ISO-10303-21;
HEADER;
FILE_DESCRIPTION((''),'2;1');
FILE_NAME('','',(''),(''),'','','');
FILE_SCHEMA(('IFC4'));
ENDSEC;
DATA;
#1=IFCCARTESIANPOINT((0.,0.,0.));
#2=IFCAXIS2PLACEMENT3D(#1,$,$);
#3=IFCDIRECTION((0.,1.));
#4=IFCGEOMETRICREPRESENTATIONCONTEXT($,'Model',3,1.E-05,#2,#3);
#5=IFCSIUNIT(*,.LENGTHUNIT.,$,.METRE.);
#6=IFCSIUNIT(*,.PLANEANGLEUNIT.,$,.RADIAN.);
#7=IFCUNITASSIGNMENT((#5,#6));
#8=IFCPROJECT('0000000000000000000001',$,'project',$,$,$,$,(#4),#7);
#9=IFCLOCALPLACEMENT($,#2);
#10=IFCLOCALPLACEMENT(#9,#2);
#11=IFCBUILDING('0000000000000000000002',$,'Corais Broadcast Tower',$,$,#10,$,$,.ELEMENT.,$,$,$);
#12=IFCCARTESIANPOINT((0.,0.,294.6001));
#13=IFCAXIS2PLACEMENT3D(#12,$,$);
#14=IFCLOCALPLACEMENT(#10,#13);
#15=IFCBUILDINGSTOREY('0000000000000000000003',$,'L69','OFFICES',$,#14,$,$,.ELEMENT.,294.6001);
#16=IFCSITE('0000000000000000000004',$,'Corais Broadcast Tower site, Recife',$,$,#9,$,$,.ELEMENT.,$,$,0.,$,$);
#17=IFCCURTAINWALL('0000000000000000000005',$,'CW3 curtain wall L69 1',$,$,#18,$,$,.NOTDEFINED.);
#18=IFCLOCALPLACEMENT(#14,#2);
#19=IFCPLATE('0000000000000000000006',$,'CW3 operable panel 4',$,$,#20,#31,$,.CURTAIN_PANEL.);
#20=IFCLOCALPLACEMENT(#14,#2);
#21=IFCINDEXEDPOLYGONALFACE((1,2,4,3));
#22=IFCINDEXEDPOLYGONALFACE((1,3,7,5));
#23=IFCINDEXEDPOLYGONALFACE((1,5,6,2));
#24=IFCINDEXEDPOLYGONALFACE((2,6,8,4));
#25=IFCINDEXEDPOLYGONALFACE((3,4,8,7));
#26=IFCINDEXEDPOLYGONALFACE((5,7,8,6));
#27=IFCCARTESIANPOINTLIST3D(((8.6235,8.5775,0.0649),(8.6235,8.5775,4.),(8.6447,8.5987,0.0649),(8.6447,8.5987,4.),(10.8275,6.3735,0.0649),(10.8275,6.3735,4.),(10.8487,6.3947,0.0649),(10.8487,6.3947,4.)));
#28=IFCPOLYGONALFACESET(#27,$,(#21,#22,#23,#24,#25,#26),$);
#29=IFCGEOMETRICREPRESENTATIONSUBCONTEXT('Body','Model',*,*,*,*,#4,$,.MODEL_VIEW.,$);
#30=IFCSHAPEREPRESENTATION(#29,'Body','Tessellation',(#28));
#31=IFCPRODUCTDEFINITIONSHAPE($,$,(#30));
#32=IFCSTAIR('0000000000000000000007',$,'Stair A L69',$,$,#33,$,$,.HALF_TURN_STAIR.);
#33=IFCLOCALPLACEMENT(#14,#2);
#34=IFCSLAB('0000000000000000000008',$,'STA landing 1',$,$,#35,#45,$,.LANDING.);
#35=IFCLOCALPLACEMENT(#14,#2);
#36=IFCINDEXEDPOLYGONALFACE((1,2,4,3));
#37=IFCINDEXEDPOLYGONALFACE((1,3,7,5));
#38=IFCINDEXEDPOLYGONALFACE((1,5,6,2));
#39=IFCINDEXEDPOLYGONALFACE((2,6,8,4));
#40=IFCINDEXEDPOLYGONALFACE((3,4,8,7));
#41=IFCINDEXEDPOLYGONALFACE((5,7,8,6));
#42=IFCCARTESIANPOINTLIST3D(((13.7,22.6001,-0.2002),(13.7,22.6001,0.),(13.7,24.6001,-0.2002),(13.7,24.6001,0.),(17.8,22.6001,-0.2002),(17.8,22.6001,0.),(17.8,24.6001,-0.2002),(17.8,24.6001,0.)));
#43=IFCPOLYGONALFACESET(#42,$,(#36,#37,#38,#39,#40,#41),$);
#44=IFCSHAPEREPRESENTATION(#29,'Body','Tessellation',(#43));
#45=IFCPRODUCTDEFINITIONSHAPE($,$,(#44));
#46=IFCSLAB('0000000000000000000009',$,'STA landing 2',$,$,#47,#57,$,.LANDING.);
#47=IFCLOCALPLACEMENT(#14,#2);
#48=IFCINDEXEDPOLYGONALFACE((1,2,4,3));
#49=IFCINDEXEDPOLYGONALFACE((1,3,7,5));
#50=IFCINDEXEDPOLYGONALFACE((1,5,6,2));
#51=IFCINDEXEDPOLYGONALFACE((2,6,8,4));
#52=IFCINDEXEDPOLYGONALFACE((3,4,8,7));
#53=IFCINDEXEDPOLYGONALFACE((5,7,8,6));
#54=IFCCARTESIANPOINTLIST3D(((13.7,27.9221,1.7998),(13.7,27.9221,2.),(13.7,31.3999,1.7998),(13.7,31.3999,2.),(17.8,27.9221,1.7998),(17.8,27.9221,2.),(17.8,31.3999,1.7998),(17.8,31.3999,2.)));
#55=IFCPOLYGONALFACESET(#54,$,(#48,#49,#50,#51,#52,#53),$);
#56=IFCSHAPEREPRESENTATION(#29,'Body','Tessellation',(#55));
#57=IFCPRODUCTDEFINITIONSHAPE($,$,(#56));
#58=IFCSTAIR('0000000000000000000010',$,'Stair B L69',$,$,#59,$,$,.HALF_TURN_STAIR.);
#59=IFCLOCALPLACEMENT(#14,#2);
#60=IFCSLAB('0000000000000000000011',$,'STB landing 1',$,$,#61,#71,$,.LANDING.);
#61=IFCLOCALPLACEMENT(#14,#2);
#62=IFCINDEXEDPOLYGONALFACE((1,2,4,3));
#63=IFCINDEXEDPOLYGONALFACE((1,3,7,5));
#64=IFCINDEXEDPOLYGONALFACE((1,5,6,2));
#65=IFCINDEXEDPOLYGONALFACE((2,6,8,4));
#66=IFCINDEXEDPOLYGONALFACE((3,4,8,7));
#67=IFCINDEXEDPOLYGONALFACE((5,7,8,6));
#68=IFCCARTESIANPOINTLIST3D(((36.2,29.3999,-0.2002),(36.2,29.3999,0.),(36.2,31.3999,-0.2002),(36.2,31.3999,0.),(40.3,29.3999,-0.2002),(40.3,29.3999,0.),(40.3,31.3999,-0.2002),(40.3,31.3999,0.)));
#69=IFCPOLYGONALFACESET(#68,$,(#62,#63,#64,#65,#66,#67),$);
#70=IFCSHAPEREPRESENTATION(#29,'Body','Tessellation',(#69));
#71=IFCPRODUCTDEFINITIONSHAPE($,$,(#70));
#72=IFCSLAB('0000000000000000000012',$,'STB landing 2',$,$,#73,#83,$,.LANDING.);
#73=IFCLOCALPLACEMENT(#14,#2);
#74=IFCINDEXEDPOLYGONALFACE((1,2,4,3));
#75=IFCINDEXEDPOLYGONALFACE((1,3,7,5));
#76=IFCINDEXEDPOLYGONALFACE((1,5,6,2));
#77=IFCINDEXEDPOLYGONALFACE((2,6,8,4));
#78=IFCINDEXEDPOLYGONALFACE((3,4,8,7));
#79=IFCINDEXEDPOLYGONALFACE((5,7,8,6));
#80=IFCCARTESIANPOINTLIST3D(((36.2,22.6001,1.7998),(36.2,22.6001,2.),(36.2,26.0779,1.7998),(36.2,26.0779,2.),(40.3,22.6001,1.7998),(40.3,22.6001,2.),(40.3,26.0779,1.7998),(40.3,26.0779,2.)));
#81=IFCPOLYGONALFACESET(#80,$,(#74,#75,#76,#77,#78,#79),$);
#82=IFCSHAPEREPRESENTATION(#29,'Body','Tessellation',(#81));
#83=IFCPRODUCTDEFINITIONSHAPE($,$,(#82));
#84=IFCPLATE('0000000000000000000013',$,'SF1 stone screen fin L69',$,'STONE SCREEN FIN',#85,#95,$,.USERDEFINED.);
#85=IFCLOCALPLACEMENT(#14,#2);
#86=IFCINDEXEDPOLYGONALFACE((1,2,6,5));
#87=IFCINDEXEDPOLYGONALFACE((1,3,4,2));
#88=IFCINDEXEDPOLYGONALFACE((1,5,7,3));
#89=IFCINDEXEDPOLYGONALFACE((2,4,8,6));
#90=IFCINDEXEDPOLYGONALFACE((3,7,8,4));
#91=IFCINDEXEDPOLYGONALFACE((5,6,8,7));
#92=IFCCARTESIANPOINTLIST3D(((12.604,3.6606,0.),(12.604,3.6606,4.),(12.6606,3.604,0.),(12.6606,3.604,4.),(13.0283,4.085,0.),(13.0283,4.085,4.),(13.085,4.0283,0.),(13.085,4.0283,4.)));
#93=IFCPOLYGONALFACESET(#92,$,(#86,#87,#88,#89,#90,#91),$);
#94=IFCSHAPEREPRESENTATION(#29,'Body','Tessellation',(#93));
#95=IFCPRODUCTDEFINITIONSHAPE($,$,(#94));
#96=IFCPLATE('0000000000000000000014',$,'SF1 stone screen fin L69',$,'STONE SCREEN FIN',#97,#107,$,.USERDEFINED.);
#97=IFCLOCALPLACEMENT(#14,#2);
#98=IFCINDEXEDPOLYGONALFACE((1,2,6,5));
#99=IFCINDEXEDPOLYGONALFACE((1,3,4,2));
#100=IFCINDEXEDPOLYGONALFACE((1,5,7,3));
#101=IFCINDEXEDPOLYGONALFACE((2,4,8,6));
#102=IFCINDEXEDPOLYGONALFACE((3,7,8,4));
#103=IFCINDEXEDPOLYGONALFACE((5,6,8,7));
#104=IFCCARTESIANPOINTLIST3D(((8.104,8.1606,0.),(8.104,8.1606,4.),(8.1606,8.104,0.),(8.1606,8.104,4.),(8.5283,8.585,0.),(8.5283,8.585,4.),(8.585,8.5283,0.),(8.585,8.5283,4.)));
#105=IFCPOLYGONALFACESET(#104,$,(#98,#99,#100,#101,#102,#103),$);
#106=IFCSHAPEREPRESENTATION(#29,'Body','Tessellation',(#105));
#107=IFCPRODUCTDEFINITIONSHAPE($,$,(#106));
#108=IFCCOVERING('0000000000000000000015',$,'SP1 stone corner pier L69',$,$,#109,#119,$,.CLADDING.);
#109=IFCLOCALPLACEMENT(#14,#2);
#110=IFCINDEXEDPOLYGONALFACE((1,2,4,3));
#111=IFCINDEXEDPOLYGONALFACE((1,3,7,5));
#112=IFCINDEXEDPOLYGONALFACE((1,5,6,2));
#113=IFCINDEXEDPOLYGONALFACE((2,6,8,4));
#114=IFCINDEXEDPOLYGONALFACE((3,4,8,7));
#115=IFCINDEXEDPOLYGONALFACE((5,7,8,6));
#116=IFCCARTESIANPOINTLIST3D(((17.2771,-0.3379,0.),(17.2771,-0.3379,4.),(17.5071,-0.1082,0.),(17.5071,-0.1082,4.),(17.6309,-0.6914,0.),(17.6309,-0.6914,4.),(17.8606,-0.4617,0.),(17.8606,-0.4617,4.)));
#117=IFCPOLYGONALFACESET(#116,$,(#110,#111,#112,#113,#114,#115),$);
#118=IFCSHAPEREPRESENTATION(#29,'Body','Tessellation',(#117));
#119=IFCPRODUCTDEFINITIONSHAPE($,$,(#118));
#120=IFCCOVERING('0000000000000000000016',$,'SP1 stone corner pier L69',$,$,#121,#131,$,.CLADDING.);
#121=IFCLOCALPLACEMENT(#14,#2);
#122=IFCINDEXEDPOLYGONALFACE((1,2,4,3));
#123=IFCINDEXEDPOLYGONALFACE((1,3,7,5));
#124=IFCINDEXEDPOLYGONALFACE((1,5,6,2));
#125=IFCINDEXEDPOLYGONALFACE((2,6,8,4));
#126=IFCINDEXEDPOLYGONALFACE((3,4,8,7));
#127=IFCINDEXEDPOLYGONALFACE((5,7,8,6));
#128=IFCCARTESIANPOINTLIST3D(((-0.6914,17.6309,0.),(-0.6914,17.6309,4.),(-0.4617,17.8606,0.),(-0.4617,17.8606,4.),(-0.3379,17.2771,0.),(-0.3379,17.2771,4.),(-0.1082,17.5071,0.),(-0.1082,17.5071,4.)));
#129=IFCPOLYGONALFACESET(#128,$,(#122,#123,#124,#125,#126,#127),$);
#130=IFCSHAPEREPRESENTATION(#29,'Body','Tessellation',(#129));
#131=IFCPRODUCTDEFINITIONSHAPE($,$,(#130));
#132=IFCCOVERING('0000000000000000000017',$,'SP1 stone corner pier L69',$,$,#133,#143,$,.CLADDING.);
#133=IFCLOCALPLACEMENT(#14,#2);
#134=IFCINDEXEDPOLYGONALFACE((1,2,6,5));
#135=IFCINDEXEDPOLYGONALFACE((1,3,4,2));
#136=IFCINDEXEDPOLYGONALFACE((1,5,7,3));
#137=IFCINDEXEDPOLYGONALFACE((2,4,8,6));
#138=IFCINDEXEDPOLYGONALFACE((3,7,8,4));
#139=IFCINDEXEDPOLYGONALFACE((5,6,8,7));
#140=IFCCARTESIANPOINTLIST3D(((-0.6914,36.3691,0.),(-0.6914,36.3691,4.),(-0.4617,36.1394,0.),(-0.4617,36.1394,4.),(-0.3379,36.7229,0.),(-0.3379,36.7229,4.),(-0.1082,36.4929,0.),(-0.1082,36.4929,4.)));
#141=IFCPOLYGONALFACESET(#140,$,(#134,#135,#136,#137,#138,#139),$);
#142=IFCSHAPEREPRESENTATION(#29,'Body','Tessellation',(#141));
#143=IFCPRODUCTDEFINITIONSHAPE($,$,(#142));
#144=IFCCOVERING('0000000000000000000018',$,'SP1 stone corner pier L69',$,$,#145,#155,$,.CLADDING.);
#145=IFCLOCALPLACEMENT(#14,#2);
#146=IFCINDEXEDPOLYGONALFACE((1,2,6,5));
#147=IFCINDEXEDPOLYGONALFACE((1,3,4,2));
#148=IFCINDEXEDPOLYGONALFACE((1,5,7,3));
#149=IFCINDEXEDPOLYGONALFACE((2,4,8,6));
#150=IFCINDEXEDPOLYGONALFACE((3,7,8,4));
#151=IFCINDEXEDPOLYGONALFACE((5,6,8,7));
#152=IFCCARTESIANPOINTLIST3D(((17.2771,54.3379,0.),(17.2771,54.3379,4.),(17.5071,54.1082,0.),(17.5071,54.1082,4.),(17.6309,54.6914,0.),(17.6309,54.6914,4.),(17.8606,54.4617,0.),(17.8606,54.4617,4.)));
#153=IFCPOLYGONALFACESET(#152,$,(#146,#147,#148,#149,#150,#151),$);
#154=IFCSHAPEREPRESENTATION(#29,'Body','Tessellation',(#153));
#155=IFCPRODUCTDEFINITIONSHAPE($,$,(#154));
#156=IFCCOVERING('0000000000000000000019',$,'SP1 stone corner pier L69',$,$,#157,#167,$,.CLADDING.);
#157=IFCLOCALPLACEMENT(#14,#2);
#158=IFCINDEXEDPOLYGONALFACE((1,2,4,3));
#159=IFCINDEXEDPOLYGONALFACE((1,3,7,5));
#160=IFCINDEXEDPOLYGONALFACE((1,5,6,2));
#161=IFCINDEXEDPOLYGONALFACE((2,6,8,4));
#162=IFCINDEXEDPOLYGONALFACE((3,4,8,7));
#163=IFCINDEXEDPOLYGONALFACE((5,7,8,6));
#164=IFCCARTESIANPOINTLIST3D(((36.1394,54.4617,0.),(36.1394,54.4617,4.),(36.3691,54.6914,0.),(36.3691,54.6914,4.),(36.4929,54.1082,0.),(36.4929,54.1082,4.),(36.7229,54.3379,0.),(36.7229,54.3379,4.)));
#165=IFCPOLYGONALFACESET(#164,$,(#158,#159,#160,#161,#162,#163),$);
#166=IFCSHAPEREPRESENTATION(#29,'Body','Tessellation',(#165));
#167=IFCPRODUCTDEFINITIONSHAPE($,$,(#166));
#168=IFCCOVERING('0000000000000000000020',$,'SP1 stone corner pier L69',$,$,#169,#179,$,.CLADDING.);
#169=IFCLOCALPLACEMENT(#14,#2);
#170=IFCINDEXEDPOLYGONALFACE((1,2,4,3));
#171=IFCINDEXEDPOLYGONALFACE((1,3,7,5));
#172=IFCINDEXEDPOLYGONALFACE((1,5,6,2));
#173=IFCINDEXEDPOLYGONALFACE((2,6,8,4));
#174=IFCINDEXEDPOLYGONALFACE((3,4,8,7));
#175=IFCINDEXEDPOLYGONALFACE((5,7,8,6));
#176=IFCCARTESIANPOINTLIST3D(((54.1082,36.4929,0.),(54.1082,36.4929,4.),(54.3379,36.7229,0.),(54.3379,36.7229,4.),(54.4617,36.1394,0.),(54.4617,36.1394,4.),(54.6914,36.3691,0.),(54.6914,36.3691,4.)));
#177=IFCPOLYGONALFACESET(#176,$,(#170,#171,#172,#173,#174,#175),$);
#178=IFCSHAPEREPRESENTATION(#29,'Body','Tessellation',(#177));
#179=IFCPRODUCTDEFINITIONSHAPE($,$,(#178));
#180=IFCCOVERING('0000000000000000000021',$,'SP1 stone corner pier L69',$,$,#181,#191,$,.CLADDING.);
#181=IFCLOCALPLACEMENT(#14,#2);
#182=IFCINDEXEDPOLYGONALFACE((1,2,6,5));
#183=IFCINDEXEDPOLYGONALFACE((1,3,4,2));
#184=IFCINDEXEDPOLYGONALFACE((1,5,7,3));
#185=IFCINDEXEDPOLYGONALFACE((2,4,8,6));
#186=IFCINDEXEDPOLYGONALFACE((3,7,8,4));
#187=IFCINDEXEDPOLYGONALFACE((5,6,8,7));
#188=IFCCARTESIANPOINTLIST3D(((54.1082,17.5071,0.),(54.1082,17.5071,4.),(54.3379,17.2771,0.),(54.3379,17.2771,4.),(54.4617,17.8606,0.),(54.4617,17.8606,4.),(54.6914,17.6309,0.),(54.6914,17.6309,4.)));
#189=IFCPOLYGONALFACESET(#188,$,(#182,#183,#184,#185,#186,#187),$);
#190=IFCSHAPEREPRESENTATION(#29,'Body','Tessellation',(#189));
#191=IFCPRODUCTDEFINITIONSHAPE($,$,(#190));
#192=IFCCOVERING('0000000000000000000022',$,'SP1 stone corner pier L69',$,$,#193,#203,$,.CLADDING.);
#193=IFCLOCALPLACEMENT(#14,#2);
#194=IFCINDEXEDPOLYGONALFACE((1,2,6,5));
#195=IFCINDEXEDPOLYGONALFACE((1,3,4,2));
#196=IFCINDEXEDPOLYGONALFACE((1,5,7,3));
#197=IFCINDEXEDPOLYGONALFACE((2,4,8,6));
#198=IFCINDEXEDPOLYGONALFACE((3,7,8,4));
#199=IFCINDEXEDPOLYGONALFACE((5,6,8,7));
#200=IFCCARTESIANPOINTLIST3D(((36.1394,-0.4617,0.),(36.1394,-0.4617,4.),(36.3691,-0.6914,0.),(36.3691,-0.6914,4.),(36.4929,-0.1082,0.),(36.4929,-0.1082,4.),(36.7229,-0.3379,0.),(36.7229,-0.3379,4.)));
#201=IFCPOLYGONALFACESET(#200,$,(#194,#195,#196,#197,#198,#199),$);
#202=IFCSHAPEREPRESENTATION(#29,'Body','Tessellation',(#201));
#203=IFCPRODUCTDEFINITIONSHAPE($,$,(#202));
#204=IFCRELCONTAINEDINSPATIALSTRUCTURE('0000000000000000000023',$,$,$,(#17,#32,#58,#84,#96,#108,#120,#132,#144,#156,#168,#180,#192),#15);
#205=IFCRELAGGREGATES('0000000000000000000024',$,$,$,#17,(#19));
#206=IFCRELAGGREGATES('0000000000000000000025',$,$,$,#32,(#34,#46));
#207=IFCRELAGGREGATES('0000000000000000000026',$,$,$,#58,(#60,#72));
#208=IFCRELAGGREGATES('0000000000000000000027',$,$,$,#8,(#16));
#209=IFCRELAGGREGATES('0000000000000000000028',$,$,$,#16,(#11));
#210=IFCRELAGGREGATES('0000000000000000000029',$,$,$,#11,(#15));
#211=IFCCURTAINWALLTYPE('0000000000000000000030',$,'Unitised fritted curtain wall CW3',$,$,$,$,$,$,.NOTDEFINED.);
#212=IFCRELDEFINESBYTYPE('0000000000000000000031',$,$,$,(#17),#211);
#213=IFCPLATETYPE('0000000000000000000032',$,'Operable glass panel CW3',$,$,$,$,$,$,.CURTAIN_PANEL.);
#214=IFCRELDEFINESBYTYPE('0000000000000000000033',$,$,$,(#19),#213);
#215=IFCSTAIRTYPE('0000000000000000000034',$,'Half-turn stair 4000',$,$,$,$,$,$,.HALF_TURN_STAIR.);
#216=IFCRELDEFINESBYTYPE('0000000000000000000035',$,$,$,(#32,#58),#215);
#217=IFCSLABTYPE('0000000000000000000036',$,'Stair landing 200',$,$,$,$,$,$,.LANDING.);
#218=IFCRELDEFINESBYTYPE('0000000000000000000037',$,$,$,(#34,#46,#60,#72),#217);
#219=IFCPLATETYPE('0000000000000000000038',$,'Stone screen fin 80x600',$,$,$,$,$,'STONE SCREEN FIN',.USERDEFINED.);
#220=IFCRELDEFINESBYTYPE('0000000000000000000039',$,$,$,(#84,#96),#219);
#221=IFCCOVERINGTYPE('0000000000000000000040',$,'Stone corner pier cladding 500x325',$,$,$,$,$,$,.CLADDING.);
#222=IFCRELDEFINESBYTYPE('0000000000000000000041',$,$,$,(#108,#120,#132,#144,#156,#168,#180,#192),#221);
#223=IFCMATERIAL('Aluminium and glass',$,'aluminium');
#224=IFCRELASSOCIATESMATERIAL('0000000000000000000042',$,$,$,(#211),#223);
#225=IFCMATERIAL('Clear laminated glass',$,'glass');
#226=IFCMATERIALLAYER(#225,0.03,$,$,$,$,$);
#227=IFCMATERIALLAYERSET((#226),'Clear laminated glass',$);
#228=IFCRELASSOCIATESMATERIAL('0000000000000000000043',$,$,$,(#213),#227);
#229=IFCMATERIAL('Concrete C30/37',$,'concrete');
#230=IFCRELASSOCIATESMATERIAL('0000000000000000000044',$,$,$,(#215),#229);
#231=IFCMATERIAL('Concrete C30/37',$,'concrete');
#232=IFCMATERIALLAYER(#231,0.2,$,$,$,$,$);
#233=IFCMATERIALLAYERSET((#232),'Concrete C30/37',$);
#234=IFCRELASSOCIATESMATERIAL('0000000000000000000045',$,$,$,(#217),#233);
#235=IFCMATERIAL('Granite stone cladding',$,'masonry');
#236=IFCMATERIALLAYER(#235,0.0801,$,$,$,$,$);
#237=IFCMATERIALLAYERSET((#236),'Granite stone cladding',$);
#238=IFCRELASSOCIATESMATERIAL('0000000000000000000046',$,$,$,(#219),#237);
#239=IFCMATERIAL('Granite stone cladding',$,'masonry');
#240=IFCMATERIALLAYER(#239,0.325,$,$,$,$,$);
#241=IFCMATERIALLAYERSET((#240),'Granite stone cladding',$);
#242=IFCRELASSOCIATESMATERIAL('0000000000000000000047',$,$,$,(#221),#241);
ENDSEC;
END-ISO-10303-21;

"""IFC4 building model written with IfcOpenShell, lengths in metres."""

from ifc_helpers import new_model, si_unit, direction, frame, origin, origin_2d, place, context, subcontext, project, spatial, polyline, rectangle, outline, extrude, material, layer, layer_set, type_object, element, aggregate, save


model = new_model("IFC4")

# Units and contexts
model_context = context("Model", 3, precision=1e-05, world=origin(), true_north=direction((0.0, 1.0)))
body_context = subcontext(model_context, "Body", "Model", "MODEL_VIEW")
ifc_project = project(units=[si_unit("LENGTHUNIT", "METRE"), si_unit("PLANEANGLEUNIT", "RADIAN")], contexts=[model_context])

# Site, building, storey
site_placement = place(None, origin())
site = spatial("IfcSite", under=ifc_project, at=site_placement, Name="Corais Broadcast Tower site, Recife", CompositionType="ELEMENT", RefElevation=0.0)
building_placement = place(site_placement, origin())
building = spatial("IfcBuilding", under=site, at=building_placement, Name="Corais Broadcast Tower", CompositionType="ELEMENT")
storey_placement = place(building_placement, frame((0.0, 0.0, 294.6001)))
storey = spatial("IfcBuildingStorey", under=building, at=storey_placement, Name="L69", Description="OFFICES", CompositionType="ELEMENT", Elevation=294.6001)

# Curtain wall
ifc_material_1 = material(Name="Aluminium and glass", Category="aluminium")
curtain_wall_type = type_object("IfcCurtainWallType", Name="Unitised fritted curtain wall CW3", PredefinedType="NOTDEFINED", material=ifc_material_1)
curtain_wall_placement = place(storey_placement, origin())
curtain_wall = element("IfcCurtainWall", 1, at=curtain_wall_placement, inside=storey, type_object=curtain_wall_type, Name="CW3 curtain wall L69 1", PredefinedType="NOTDEFINED")

# Plate
ifc_material_2 = material(Name="Clear laminated glass", Category="glass")
ifc_layer_1 = layer(ifc_material_2, 0.03)
ifc_layer_set_1 = layer_set([ifc_layer_1], Name="Clear laminated glass")
plate_type_1 = type_object("IfcPlateType", Name="Operable glass panel CW3", PredefinedType="CURTAIN_PANEL", material=ifc_layer_set_1)
plate_1_placement = place(storey_placement, frame((9.7361, 7.4861, 0.0649), z_axis=(0.0, 0.0, 1.0), x_axis=(-0.707107, 0.707107, 0.0)))
plate_1 = element("IfcPlate", 2, at=plate_1_placement, type_object=plate_type_1, Name="CW3 operable panel 4", PredefinedType="CURTAIN_PANEL", context=body_context, shape_type="SweptSolid", body=[
    extrude(rectangle(XDim=3.1169, YDim=0.03, at=origin_2d()), origin(), (0.0, 0.0, 1.0), 3.9351),
])
aggregate(curtain_wall, [plate_1])

# Stairs, slabs
ifc_material_3 = material(Name="Concrete C30/37", Category="concrete")
stair_type = type_object("IfcStairType", Name="Half-turn stair 4000", PredefinedType="HALF_TURN_STAIR", material=ifc_material_3)
stair_1_placement = place(storey_placement, origin())
stair_1 = element("IfcStair", 3, at=stair_1_placement, inside=storey, type_object=stair_type, Name="Stair A L69", PredefinedType="HALF_TURN_STAIR")
ifc_material_4 = material(Name="Concrete C30/37", Category="concrete")
ifc_layer_2 = layer(ifc_material_4, 0.2)
ifc_layer_set_2 = layer_set([ifc_layer_2], Name="Concrete C30/37")
slab_type_1 = type_object("IfcSlabType", Name="Stair landing 200", PredefinedType="LANDING", material=ifc_layer_set_2)
slab_1_placement = place(storey_placement, frame((0.0, 0.0, -0.2002)))
slab_1 = element("IfcSlab", 4, at=slab_1_placement, type_object=slab_type_1, Name="STA landing 1", PredefinedType="LANDING", context=body_context, shape_type="SweptSolid", body=[
    extrude(outline(polyline([(13.7, 22.6001), (17.8, 22.6001), (17.8, 24.6001), (13.7, 24.6001), (13.7, 22.6001)])), origin(), (0.0, 0.0, 1.0), 0.2002),
])
slab_2_placement = place(storey_placement, frame((0.0, 0.0, 1.7998)))
slab_2 = element("IfcSlab", 5, at=slab_2_placement, type_object=slab_type_1, Name="STA landing 2", PredefinedType="LANDING", context=body_context, shape_type="SweptSolid", body=[
    extrude(outline(polyline([(13.7, 27.9221), (17.8, 27.9221), (17.8, 31.3999), (13.7, 31.3999), (13.7, 27.9221)])), origin(), (0.0, 0.0, 1.0), 0.2002),
])
aggregate(stair_1, [slab_1, slab_2])
stair_2_placement = place(storey_placement, origin())
stair_2 = element("IfcStair", 6, at=stair_2_placement, inside=storey, type_object=stair_type, Name="Stair B L69", PredefinedType="HALF_TURN_STAIR")
slab_3_placement = place(storey_placement, frame((0.0, 0.0, -0.2002)))
slab_3 = element("IfcSlab", 7, at=slab_3_placement, type_object=slab_type_1, Name="STB landing 1", PredefinedType="LANDING", context=body_context, shape_type="SweptSolid", body=[
    extrude(outline(polyline([(36.2, 29.3999), (40.3, 29.3999), (40.3, 31.3999), (36.2, 31.3999), (36.2, 29.3999)])), origin(), (0.0, 0.0, 1.0), 0.2002),
])
slab_4_placement = place(storey_placement, frame((0.0, 0.0, 1.7998)))
slab_4 = element("IfcSlab", 8, at=slab_4_placement, type_object=slab_type_1, Name="STB landing 2", PredefinedType="LANDING", context=body_context, shape_type="SweptSolid", body=[
    extrude(outline(polyline([(36.2, 22.6001), (40.3, 22.6001), (40.3, 26.0779), (36.2, 26.0779), (36.2, 22.6001)])), origin(), (0.0, 0.0, 1.0), 0.2002),
])
aggregate(stair_2, [slab_3, slab_4])

# Plates
ifc_material_5 = material(Name="Granite stone cladding", Category="masonry")
ifc_layer_3 = layer(ifc_material_5, 0.0801)
ifc_layer_set_3 = layer_set([ifc_layer_3], Name="Granite stone cladding")
plate_type_2 = type_object("IfcPlateType", Name="Stone screen fin 80x600", ElementType="STONE SCREEN FIN", PredefinedType="USERDEFINED", material=ifc_layer_set_3)
for number, where, z_axis, x_axis, name in (
    (9, (12.8445, 3.8445, 0.0), (0.0, 0.0, 1.0), (-0.707107, 0.707107, 0.0), "SF1 stone screen fin L69"),
    (10, (8.3445, 8.3445, 0.0), (0.0, 0.0, 1.0), (-0.707107, 0.707107, 0.0), "SF1 stone screen fin L69"),
):
    element("IfcPlate", number, at=place(storey_placement, frame(where, z_axis=z_axis, x_axis=x_axis)), inside=storey, type_object=plate_type_2, Name=name, ObjectType="STONE SCREEN FIN", PredefinedType="USERDEFINED", context=body_context, shape_type="SweptSolid", body=[
        extrude(rectangle(XDim=0.0801, YDim=0.6001, at=origin_2d()), origin(), (0.0, 0.0, 1.0), 4.0),
    ])

# Coverings
ifc_material_6 = material(Name="Granite stone cladding", Category="masonry")
ifc_layer_4 = layer(ifc_material_6, 0.325)
ifc_layer_set_4 = layer_set([ifc_layer_4], Name="Granite stone cladding")
covering_type_1 = type_object("IfcCoveringType", Name="Stone corner pier cladding 500x325", PredefinedType="CLADDING", material=ifc_layer_set_4)
covering_1_placement = place(storey_placement, origin())
element("IfcCovering", 11, at=covering_1_placement, inside=storey, type_object=covering_type_1, Name="SP1 stone corner pier L69", PredefinedType="CLADDING", context=body_context, shape_type="SweptSolid", body=[
    extrude(outline(polyline([(17.8606, -0.4617), (17.5071, -0.1082), (17.2771, -0.3379), (17.6309, -0.6914), (17.8606, -0.4617)])), origin(), (0.0, 0.0, 1.0), 4.0),
])
covering_2_placement = place(storey_placement, origin())
element("IfcCovering", 12, at=covering_2_placement, inside=storey, type_object=covering_type_1, Name="SP1 stone corner pier L69", PredefinedType="CLADDING", context=body_context, shape_type="SweptSolid", body=[
    extrude(outline(polyline([(-0.4617, 17.8606), (-0.6914, 17.6309), (-0.3379, 17.2771), (-0.1082, 17.5071), (-0.4617, 17.8606)])), origin(), (0.0, 0.0, 1.0), 4.0),
])
covering_3_placement = place(storey_placement, origin())
element("IfcCovering", 13, at=covering_3_placement, inside=storey, type_object=covering_type_1, Name="SP1 stone corner pier L69", PredefinedType="CLADDING", context=body_context, shape_type="SweptSolid", body=[
    extrude(outline(polyline([(-0.4617, 36.1394), (-0.1082, 36.4929), (-0.3379, 36.7229), (-0.6914, 36.3691), (-0.4617, 36.1394)])), origin(), (0.0, 0.0, 1.0), 4.0),
])
covering_4_placement = place(storey_placement, origin())
element("IfcCovering", 14, at=covering_4_placement, inside=storey, type_object=covering_type_1, Name="SP1 stone corner pier L69", PredefinedType="CLADDING", context=body_context, shape_type="SweptSolid", body=[
    extrude(outline(polyline([(17.8606, 54.4617), (17.6309, 54.6914), (17.2771, 54.3379), (17.5071, 54.1082), (17.8606, 54.4617)])), origin(), (0.0, 0.0, 1.0), 4.0),
])
covering_5_placement = place(storey_placement, origin())
element("IfcCovering", 15, at=covering_5_placement, inside=storey, type_object=covering_type_1, Name="SP1 stone corner pier L69", PredefinedType="CLADDING", context=body_context, shape_type="SweptSolid", body=[
    extrude(outline(polyline([(36.1394, 54.4617), (36.4929, 54.1082), (36.7229, 54.3379), (36.3691, 54.6914), (36.1394, 54.4617)])), origin(), (0.0, 0.0, 1.0), 4.0),
])
covering_6_placement = place(storey_placement, origin())
element("IfcCovering", 16, at=covering_6_placement, inside=storey, type_object=covering_type_1, Name="SP1 stone corner pier L69", PredefinedType="CLADDING", context=body_context, shape_type="SweptSolid", body=[
    extrude(outline(polyline([(54.4617, 36.1394), (54.6914, 36.3691), (54.3379, 36.7229), (54.1082, 36.4929), (54.4617, 36.1394)])), origin(), (0.0, 0.0, 1.0), 4.0),
])
covering_7_placement = place(storey_placement, origin())
element("IfcCovering", 17, at=covering_7_placement, inside=storey, type_object=covering_type_1, Name="SP1 stone corner pier L69", PredefinedType="CLADDING", context=body_context, shape_type="SweptSolid", body=[
    extrude(outline(polyline([(54.4617, 17.8606), (54.1082, 17.5071), (54.3379, 17.2771), (54.6914, 17.6309), (54.4617, 17.8606)])), origin(), (0.0, 0.0, 1.0), 4.0),
])
covering_8_placement = place(storey_placement, origin())
element("IfcCovering", 18, at=covering_8_placement, inside=storey, type_object=covering_type_1, Name="SP1 stone corner pier L69", PredefinedType="CLADDING", context=body_context, shape_type="SweptSolid", body=[
    extrude(outline(polyline([(36.1394, -0.4617), (36.3691, -0.6914), (36.7229, -0.3379), (36.4929, -0.1082), (36.1394, -0.4617)])), origin(), (0.0, 0.0, 1.0), 4.0),
])

save(model, "model.ifc")
